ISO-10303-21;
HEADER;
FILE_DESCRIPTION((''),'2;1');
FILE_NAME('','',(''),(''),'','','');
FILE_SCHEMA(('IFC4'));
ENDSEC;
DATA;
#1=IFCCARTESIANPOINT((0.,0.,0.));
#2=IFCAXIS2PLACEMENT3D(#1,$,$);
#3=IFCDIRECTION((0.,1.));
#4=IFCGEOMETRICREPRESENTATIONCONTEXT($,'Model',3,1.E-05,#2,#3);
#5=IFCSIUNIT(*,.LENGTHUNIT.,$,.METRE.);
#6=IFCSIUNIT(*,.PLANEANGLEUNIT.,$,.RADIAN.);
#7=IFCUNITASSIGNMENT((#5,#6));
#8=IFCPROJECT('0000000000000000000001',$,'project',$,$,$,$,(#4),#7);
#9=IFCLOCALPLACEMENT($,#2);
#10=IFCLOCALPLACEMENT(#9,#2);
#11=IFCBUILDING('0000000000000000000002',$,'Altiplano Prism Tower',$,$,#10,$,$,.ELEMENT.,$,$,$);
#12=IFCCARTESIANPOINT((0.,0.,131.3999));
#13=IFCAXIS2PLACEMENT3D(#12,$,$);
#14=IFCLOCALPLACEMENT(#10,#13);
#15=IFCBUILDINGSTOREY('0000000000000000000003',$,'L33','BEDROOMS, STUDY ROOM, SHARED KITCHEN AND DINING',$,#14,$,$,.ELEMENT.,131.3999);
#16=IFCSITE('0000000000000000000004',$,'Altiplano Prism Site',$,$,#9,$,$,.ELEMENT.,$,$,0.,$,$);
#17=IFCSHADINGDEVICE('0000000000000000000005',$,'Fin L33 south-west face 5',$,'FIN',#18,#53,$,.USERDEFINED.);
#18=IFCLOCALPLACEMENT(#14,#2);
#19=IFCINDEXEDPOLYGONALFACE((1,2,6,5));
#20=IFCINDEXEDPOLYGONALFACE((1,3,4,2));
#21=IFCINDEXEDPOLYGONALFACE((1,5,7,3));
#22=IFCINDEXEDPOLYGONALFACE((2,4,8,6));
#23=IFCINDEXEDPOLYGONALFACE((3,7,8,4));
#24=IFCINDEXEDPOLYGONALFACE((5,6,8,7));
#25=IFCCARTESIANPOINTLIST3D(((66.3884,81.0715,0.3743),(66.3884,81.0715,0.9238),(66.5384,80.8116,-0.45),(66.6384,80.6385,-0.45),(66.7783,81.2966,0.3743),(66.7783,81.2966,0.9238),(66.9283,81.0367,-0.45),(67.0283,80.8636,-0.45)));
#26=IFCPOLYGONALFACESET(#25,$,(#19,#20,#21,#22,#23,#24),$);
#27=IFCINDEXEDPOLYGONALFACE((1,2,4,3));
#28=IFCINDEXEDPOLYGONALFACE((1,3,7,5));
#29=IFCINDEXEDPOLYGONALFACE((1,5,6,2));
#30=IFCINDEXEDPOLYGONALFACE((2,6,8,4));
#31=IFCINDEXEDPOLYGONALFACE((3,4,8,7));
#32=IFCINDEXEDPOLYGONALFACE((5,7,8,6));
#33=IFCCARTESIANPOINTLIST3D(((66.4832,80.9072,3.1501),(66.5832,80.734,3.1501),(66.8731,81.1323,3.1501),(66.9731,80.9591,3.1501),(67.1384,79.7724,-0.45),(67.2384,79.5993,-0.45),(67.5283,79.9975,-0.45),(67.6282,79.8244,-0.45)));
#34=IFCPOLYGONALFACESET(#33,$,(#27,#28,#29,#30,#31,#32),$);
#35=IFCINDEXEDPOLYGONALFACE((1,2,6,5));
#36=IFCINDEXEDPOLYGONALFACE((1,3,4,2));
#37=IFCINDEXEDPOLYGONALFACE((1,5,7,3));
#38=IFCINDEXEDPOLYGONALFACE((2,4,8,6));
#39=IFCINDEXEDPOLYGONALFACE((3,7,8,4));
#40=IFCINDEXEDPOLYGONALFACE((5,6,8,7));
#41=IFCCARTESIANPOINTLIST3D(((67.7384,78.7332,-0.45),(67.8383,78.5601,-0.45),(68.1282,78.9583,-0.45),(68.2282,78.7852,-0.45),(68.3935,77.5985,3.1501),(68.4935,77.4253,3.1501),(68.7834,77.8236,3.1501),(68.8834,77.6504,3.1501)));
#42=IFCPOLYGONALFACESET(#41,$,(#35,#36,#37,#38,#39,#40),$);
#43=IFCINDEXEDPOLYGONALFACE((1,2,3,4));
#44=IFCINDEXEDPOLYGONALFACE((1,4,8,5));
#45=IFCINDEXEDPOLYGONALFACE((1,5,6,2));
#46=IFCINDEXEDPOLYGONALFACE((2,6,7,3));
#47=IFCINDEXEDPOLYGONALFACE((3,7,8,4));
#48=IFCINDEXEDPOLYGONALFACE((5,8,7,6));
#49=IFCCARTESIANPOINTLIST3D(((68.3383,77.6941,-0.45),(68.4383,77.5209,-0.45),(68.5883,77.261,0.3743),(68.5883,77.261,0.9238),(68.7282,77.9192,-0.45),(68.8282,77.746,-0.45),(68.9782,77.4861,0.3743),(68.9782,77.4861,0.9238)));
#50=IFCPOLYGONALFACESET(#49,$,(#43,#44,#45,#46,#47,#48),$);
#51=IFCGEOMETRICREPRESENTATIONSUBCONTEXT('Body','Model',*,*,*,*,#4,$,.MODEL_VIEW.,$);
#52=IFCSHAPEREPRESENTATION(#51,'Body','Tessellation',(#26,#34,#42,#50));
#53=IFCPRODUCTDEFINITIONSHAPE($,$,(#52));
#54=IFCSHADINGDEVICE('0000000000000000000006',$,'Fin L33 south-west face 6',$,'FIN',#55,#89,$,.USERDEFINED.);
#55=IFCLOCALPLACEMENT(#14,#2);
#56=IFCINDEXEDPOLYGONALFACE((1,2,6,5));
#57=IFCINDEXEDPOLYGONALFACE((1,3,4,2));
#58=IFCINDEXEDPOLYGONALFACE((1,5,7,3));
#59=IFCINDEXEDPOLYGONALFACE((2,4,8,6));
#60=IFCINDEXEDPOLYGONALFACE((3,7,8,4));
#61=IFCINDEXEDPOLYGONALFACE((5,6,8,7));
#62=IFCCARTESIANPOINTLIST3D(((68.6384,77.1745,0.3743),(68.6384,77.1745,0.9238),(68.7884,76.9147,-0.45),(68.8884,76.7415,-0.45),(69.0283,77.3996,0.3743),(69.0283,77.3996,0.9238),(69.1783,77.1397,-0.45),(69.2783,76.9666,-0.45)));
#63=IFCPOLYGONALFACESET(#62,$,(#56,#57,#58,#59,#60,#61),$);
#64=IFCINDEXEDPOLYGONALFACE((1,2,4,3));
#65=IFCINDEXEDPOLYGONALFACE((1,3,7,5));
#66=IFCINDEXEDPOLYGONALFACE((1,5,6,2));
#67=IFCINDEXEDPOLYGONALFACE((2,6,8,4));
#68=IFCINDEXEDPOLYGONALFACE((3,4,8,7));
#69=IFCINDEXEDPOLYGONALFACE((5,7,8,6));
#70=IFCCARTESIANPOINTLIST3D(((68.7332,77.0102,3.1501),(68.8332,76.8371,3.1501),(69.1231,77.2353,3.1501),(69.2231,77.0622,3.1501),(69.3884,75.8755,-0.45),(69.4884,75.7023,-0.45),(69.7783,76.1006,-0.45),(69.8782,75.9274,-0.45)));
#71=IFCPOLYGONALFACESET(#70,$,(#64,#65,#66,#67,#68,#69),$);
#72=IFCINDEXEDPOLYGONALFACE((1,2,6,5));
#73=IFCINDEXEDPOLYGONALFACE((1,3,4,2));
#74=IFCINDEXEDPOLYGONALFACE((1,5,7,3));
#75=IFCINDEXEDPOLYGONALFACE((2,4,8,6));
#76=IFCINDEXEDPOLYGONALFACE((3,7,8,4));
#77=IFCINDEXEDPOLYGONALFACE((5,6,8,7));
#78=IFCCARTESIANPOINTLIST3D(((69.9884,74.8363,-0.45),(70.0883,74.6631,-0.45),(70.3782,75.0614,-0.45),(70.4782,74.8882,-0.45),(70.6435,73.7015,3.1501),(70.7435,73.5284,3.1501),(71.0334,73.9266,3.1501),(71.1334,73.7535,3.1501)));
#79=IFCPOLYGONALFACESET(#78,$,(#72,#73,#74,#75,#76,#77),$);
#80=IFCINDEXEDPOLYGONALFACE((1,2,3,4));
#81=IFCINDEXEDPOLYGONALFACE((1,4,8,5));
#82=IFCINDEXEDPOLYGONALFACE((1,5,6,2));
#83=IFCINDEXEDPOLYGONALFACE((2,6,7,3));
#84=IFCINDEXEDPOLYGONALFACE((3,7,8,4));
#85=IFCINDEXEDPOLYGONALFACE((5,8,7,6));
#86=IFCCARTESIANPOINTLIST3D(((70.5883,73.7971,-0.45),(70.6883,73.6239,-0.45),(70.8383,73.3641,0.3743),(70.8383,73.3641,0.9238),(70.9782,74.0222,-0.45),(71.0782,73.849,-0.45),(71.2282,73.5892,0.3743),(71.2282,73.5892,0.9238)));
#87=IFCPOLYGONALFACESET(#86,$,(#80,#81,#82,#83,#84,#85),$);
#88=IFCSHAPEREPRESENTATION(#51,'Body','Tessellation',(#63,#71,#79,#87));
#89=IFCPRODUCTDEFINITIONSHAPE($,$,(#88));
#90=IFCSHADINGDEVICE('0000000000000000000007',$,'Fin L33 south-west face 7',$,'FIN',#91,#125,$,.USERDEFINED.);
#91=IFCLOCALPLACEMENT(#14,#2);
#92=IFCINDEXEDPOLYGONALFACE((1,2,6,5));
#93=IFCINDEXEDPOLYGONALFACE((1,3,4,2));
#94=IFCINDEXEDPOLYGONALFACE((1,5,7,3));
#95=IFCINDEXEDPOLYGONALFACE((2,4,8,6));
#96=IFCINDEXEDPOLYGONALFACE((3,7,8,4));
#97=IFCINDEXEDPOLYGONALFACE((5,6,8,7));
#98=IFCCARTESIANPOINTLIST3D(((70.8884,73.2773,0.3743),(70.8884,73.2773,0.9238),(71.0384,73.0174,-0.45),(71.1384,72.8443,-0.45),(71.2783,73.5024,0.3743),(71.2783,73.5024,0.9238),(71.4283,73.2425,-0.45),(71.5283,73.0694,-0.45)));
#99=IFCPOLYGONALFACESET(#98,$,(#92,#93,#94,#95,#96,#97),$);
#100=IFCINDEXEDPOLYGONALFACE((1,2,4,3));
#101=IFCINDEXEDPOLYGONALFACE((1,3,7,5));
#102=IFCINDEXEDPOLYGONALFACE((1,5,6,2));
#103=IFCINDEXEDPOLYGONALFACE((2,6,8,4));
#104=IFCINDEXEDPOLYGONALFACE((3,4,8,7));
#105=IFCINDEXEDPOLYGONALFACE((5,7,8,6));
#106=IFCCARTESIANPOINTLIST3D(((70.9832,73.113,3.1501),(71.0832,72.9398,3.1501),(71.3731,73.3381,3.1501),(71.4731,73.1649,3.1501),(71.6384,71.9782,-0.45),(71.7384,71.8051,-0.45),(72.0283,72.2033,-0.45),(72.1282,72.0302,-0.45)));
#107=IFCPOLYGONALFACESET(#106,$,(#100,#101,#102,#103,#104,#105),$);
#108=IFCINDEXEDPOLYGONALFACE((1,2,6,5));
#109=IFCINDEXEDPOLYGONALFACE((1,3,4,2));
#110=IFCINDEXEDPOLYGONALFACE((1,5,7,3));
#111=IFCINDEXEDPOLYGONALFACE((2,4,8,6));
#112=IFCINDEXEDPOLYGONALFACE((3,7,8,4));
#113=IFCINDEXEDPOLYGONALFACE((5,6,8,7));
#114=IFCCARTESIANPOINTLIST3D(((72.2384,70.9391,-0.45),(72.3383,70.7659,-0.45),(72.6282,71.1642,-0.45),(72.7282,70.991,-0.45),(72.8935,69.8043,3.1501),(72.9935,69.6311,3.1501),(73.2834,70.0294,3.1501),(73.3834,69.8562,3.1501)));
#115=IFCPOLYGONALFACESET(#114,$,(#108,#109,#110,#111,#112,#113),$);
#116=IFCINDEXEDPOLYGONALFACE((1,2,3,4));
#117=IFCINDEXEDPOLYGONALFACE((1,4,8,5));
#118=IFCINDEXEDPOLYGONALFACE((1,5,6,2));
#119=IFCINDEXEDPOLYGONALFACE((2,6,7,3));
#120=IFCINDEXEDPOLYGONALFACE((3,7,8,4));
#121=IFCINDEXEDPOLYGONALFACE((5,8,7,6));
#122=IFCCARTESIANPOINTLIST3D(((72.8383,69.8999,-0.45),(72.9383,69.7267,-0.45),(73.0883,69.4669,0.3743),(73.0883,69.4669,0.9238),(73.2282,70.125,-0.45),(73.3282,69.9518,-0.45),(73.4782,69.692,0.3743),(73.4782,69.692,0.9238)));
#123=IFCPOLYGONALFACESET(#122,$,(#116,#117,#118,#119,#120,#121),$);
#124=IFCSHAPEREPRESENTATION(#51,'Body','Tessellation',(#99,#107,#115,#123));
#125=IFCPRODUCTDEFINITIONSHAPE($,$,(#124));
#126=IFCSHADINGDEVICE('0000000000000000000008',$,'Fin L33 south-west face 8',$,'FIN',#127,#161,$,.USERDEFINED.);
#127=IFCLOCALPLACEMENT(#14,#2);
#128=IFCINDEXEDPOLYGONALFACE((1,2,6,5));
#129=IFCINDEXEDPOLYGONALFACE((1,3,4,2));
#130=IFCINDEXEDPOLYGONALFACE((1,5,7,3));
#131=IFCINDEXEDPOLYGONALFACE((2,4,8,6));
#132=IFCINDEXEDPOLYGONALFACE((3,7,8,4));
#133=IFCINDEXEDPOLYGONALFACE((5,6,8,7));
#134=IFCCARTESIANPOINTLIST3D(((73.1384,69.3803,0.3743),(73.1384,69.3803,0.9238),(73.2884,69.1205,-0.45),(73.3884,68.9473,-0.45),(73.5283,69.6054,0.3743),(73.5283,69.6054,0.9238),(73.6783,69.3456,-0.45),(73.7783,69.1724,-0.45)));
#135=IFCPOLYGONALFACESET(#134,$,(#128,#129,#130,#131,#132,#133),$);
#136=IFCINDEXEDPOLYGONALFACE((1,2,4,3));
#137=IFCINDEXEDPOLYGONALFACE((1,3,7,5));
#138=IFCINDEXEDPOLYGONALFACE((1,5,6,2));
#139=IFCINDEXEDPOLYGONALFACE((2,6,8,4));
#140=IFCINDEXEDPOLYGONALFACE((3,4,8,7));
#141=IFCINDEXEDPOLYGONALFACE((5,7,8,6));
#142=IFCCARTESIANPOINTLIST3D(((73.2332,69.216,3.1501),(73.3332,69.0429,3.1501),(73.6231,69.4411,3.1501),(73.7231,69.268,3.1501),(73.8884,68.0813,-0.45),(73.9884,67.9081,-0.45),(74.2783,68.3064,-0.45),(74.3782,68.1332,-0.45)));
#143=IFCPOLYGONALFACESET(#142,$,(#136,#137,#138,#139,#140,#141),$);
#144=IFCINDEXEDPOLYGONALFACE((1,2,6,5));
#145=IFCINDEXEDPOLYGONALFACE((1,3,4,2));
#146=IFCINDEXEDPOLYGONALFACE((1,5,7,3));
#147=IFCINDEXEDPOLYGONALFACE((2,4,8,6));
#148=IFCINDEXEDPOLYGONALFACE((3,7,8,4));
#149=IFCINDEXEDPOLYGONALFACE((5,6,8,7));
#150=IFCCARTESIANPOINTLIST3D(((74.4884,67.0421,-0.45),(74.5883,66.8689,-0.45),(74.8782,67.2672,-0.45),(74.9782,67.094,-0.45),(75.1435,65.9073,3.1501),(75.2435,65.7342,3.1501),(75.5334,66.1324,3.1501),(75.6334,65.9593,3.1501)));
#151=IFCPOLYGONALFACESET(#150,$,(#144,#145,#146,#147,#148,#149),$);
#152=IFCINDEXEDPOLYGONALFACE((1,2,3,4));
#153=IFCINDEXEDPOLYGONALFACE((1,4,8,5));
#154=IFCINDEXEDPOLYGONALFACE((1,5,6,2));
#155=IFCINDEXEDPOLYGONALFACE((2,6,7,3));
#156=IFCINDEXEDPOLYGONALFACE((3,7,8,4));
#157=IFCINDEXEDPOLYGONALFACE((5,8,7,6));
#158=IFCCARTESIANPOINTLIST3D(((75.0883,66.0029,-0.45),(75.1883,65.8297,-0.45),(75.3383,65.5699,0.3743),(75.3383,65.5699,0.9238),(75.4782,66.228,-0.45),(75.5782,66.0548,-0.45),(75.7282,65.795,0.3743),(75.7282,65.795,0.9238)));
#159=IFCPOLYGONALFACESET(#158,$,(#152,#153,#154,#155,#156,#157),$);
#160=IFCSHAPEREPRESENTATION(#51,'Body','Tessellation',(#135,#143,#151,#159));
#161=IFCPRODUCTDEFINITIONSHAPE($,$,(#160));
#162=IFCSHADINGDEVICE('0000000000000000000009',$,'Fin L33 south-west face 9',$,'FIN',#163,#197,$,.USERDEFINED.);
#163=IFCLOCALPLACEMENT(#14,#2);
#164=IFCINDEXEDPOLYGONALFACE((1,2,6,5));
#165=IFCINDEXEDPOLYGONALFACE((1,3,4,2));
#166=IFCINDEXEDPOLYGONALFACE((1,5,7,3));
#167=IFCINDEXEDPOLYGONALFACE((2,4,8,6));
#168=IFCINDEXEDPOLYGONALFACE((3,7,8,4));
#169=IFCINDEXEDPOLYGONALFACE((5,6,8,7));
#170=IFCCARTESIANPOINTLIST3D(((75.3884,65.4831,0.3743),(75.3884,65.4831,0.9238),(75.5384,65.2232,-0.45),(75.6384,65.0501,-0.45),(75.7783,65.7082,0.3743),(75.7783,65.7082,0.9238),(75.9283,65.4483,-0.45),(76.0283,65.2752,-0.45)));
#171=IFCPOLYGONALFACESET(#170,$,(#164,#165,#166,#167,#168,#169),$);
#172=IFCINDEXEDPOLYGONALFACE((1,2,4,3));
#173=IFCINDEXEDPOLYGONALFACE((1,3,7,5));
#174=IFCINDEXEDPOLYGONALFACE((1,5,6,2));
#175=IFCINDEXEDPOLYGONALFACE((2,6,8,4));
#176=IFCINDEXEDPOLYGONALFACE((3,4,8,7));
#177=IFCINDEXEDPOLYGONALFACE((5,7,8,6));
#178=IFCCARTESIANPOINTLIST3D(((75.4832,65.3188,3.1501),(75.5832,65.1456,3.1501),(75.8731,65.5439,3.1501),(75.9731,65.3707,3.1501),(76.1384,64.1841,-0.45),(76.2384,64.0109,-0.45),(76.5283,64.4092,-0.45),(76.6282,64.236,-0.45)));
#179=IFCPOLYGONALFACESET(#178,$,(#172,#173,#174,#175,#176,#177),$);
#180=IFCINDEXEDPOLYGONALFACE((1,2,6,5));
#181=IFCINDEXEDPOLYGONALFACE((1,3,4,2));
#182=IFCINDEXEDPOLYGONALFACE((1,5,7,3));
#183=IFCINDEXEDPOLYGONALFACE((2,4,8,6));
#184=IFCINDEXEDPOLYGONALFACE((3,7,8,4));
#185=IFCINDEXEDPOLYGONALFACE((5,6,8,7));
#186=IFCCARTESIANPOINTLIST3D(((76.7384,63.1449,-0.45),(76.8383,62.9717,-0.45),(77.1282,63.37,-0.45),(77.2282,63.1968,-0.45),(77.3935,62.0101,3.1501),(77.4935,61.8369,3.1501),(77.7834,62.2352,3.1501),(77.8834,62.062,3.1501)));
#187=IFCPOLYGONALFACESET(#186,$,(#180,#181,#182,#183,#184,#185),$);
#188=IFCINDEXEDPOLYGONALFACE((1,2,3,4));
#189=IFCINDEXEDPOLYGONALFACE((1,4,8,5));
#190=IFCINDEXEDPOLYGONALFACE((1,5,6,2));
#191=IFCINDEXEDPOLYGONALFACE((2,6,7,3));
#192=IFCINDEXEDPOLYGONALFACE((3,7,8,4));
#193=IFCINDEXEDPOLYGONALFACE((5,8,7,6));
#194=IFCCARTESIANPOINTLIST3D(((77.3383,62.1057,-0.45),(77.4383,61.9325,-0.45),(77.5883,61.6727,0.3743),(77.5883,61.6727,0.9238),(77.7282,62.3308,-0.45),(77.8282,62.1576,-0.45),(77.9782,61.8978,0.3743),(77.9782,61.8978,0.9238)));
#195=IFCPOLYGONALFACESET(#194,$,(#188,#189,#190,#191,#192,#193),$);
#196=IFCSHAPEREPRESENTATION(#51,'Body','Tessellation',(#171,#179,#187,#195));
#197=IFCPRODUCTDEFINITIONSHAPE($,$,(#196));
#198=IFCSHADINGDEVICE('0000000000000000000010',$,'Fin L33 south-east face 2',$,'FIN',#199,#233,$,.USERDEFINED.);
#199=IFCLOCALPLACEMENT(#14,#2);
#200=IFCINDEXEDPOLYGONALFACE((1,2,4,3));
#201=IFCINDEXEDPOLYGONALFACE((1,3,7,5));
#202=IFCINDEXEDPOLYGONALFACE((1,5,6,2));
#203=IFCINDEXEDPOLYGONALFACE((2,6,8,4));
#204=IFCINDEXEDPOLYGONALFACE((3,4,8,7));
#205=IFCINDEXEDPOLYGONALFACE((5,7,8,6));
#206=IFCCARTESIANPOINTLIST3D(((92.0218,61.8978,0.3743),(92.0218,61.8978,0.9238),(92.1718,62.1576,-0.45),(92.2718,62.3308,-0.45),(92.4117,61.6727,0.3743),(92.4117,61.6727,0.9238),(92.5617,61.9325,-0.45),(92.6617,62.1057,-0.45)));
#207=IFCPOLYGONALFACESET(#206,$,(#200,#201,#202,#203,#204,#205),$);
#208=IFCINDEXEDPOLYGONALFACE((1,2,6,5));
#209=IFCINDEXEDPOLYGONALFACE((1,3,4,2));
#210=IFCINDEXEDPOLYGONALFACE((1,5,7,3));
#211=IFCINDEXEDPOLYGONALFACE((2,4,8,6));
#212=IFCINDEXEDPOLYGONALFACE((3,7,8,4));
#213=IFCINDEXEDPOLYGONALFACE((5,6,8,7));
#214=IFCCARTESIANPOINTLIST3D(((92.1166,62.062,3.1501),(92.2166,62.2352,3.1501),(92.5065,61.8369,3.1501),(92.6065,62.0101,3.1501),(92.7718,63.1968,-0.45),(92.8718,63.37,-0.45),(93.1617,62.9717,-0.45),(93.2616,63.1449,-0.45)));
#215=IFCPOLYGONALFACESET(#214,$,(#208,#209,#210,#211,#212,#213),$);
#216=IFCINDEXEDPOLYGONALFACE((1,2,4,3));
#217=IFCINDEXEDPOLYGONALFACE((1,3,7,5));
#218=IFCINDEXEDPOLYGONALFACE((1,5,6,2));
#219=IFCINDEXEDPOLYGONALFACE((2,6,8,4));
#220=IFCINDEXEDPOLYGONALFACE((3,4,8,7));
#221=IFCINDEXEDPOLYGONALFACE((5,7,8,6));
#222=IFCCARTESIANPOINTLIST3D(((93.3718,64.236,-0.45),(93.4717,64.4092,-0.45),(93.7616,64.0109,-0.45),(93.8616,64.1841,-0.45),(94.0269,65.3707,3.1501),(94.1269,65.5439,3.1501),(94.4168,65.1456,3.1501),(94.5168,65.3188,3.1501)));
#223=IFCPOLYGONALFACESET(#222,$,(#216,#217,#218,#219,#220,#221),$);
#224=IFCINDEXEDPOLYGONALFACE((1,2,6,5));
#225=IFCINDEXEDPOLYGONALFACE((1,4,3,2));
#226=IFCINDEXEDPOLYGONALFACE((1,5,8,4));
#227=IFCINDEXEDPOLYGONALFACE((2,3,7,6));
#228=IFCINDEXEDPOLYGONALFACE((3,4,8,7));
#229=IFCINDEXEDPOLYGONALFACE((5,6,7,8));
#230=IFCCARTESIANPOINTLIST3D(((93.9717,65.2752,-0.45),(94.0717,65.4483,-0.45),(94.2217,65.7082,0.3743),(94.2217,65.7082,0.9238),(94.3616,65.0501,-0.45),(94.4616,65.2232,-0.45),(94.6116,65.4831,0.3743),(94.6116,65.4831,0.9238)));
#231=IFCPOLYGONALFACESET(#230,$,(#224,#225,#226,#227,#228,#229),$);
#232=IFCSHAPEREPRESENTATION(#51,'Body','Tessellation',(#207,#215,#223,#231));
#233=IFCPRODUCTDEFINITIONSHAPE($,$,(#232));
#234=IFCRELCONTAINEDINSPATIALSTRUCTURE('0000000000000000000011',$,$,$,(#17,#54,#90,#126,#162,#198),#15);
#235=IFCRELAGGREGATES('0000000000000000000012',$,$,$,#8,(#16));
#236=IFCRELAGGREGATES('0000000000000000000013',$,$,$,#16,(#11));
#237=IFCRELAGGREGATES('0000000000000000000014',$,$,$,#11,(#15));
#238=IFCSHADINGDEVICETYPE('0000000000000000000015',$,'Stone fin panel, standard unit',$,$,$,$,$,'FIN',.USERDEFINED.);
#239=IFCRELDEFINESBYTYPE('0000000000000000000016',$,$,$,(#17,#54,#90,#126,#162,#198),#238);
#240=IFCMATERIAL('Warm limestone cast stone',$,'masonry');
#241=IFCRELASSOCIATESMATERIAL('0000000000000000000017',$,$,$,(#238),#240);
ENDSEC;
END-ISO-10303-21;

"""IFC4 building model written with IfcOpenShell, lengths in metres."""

from ifc_helpers import new_model, si_unit, direction, frame, origin, place, context, subcontext, project, spatial, polyline, outline, extrude, source, transform, mapped, material, type_object, element, save


model = new_model("IFC4")

# Units and contexts
model_context = context("Model", 3, precision=1e-05, world=origin(), true_north=direction((0.0, 1.0)))
body_context = subcontext(model_context, "Body", "Model", "MODEL_VIEW")
ifc_project = project(units=[si_unit("LENGTHUNIT", "METRE"), si_unit("PLANEANGLEUNIT", "RADIAN")], contexts=[model_context])

# Site, building, storey
site_placement = place(None, origin())
site = spatial("IfcSite", under=ifc_project, at=site_placement, Name="Altiplano Prism Site", CompositionType="ELEMENT", RefElevation=0.0)
building_placement = place(site_placement, origin())
building = spatial("IfcBuilding", under=site, at=building_placement, Name="Altiplano Prism Tower", CompositionType="ELEMENT")
storey_placement = place(building_placement, frame((0.0, 0.0, 131.3999)))
storey = spatial("IfcBuildingStorey", under=building, at=storey_placement, Name="L33", Description="BEDROOMS, STUDY ROOM, SHARED KITCHEN AND DINING", CompositionType="ELEMENT", Elevation=131.3999)

# Shading devices
ifc_material_1 = material(Name="Warm limestone cast stone", Category="masonry")
shading_device_type_1 = type_object("IfcShadingDeviceType", Name="Stone fin panel, standard unit", ElementType="FIN", PredefinedType="USERDEFINED", material=ifc_material_1)
shared_shape_1 = source(origin(), body_context, "Body", "SweptSolid", [
    extrude(outline(polyline([(-2.2, 1.3738), (-2.2, 0.8242), (-1.8999, 0.0), (-1.7, 0.0), (-2.2, 1.3738)])), frame((0.0, -0.1499, 0.0), z_axis=(0.0, -1.0, 0.0), x_axis=(1.0, 0.0, 0.0)), (0.0, 0.0, 1.0), 0.4502),
    extrude(outline(polyline([(-2.0103, 3.6001), (-0.7, 0.0), (-0.5, 0.0), (-1.8103, 3.6001), (-2.0103, 3.6001)])), frame((0.0, -0.1499, 0.0), z_axis=(0.0, -1.0, 0.0), x_axis=(1.0, 0.0, 0.0)), (0.0, 0.0, 1.0), 0.4502),
    extrude(outline(polyline([(1.8103, 3.6001), (0.5, 0.0), (0.7, 0.0), (2.0103, 3.6001), (1.8103, 3.6001)])), frame((0.0, -0.1499, 0.0), z_axis=(0.0, -1.0, 0.0), x_axis=(1.0, 0.0, 0.0)), (0.0, 0.0, 1.0), 0.4502),
    extrude(outline(polyline([(2.2, 0.8242), (2.2, 1.3738), (1.7, 0.0), (1.8999, 0.0), (2.2, 0.8242)])), frame((0.0, -0.1499, 0.0), z_axis=(0.0, -1.0, 0.0), x_axis=(1.0, 0.0, 0.0)), (0.0, 0.0, 1.0), 0.4502),
])
shading_device_1_placement = place(storey_placement, origin())
element("IfcShadingDevice", 1, at=shading_device_1_placement, inside=storey, type_object=shading_device_type_1, Name="Fin L33 south-west face 5", ObjectType="FIN", PredefinedType="USERDEFINED", context=body_context, shape_type="MappedRepresentation", body=[
    mapped(shared_shape_1, transform((68.0081, 79.4663, -0.45), x_axis=(0.5, -0.866025, 0.0), y_axis=(0.866025, 0.5, 0.0), z_axis=(0.0, 0.0, 1.0))),
])
shading_device_2_placement = place(storey_placement, origin())
element("IfcShadingDevice", 2, at=shading_device_2_placement, inside=storey, type_object=shading_device_type_1, Name="Fin L33 south-west face 6", ObjectType="FIN", PredefinedType="USERDEFINED", context=body_context, shape_type="MappedRepresentation", body=[
    mapped(shared_shape_1, transform((70.2581, 75.5693, -0.45), x_axis=(0.5, -0.866025, 0.0), y_axis=(0.866025, 0.5, 0.0), z_axis=(0.0, 0.0, 1.0))),
])
shading_device_3_placement = place(storey_placement, origin())
element("IfcShadingDevice", 3, at=shading_device_3_placement, inside=storey, type_object=shading_device_type_1, Name="Fin L33 south-west face 7", ObjectType="FIN", PredefinedType="USERDEFINED", context=body_context, shape_type="MappedRepresentation", body=[
    mapped(shared_shape_1, transform((72.5081, 71.6721, -0.45), x_axis=(0.5, -0.866025, 0.0), y_axis=(0.866025, 0.5, 0.0), z_axis=(0.0, 0.0, 1.0))),
])
shading_device_4_placement = place(storey_placement, origin())
element("IfcShadingDevice", 4, at=shading_device_4_placement, inside=storey, type_object=shading_device_type_1, Name="Fin L33 south-west face 8", ObjectType="FIN", PredefinedType="USERDEFINED", context=body_context, shape_type="MappedRepresentation", body=[
    mapped(shared_shape_1, transform((74.7581, 67.7751, -0.45), x_axis=(0.5, -0.866025, 0.0), y_axis=(0.866025, 0.5, 0.0), z_axis=(0.0, 0.0, 1.0))),
])
shading_device_5_placement = place(storey_placement, origin())
element("IfcShadingDevice", 5, at=shading_device_5_placement, inside=storey, type_object=shading_device_type_1, Name="Fin L33 south-west face 9", ObjectType="FIN", PredefinedType="USERDEFINED", context=body_context, shape_type="MappedRepresentation", body=[
    mapped(shared_shape_1, transform((77.0081, 63.8779, -0.45), x_axis=(0.5, -0.866025, 0.0), y_axis=(0.866025, 0.5, 0.0), z_axis=(0.0, 0.0, 1.0))),
])
shading_device_6_placement = place(storey_placement, origin())
element("IfcShadingDevice", 6, at=shading_device_6_placement, inside=storey, type_object=shading_device_type_1, Name="Fin L33 south-east face 2", ObjectType="FIN", PredefinedType="USERDEFINED", context=body_context, shape_type="MappedRepresentation", body=[
    mapped(shared_shape_1, transform((92.9919, 63.8779, -0.45), x_axis=(0.5, 0.866025, 0.0), y_axis=(-0.866025, 0.5, 0.0), z_axis=(0.0, 0.0, 1.0))),
])

save(model, "model.ifc")
